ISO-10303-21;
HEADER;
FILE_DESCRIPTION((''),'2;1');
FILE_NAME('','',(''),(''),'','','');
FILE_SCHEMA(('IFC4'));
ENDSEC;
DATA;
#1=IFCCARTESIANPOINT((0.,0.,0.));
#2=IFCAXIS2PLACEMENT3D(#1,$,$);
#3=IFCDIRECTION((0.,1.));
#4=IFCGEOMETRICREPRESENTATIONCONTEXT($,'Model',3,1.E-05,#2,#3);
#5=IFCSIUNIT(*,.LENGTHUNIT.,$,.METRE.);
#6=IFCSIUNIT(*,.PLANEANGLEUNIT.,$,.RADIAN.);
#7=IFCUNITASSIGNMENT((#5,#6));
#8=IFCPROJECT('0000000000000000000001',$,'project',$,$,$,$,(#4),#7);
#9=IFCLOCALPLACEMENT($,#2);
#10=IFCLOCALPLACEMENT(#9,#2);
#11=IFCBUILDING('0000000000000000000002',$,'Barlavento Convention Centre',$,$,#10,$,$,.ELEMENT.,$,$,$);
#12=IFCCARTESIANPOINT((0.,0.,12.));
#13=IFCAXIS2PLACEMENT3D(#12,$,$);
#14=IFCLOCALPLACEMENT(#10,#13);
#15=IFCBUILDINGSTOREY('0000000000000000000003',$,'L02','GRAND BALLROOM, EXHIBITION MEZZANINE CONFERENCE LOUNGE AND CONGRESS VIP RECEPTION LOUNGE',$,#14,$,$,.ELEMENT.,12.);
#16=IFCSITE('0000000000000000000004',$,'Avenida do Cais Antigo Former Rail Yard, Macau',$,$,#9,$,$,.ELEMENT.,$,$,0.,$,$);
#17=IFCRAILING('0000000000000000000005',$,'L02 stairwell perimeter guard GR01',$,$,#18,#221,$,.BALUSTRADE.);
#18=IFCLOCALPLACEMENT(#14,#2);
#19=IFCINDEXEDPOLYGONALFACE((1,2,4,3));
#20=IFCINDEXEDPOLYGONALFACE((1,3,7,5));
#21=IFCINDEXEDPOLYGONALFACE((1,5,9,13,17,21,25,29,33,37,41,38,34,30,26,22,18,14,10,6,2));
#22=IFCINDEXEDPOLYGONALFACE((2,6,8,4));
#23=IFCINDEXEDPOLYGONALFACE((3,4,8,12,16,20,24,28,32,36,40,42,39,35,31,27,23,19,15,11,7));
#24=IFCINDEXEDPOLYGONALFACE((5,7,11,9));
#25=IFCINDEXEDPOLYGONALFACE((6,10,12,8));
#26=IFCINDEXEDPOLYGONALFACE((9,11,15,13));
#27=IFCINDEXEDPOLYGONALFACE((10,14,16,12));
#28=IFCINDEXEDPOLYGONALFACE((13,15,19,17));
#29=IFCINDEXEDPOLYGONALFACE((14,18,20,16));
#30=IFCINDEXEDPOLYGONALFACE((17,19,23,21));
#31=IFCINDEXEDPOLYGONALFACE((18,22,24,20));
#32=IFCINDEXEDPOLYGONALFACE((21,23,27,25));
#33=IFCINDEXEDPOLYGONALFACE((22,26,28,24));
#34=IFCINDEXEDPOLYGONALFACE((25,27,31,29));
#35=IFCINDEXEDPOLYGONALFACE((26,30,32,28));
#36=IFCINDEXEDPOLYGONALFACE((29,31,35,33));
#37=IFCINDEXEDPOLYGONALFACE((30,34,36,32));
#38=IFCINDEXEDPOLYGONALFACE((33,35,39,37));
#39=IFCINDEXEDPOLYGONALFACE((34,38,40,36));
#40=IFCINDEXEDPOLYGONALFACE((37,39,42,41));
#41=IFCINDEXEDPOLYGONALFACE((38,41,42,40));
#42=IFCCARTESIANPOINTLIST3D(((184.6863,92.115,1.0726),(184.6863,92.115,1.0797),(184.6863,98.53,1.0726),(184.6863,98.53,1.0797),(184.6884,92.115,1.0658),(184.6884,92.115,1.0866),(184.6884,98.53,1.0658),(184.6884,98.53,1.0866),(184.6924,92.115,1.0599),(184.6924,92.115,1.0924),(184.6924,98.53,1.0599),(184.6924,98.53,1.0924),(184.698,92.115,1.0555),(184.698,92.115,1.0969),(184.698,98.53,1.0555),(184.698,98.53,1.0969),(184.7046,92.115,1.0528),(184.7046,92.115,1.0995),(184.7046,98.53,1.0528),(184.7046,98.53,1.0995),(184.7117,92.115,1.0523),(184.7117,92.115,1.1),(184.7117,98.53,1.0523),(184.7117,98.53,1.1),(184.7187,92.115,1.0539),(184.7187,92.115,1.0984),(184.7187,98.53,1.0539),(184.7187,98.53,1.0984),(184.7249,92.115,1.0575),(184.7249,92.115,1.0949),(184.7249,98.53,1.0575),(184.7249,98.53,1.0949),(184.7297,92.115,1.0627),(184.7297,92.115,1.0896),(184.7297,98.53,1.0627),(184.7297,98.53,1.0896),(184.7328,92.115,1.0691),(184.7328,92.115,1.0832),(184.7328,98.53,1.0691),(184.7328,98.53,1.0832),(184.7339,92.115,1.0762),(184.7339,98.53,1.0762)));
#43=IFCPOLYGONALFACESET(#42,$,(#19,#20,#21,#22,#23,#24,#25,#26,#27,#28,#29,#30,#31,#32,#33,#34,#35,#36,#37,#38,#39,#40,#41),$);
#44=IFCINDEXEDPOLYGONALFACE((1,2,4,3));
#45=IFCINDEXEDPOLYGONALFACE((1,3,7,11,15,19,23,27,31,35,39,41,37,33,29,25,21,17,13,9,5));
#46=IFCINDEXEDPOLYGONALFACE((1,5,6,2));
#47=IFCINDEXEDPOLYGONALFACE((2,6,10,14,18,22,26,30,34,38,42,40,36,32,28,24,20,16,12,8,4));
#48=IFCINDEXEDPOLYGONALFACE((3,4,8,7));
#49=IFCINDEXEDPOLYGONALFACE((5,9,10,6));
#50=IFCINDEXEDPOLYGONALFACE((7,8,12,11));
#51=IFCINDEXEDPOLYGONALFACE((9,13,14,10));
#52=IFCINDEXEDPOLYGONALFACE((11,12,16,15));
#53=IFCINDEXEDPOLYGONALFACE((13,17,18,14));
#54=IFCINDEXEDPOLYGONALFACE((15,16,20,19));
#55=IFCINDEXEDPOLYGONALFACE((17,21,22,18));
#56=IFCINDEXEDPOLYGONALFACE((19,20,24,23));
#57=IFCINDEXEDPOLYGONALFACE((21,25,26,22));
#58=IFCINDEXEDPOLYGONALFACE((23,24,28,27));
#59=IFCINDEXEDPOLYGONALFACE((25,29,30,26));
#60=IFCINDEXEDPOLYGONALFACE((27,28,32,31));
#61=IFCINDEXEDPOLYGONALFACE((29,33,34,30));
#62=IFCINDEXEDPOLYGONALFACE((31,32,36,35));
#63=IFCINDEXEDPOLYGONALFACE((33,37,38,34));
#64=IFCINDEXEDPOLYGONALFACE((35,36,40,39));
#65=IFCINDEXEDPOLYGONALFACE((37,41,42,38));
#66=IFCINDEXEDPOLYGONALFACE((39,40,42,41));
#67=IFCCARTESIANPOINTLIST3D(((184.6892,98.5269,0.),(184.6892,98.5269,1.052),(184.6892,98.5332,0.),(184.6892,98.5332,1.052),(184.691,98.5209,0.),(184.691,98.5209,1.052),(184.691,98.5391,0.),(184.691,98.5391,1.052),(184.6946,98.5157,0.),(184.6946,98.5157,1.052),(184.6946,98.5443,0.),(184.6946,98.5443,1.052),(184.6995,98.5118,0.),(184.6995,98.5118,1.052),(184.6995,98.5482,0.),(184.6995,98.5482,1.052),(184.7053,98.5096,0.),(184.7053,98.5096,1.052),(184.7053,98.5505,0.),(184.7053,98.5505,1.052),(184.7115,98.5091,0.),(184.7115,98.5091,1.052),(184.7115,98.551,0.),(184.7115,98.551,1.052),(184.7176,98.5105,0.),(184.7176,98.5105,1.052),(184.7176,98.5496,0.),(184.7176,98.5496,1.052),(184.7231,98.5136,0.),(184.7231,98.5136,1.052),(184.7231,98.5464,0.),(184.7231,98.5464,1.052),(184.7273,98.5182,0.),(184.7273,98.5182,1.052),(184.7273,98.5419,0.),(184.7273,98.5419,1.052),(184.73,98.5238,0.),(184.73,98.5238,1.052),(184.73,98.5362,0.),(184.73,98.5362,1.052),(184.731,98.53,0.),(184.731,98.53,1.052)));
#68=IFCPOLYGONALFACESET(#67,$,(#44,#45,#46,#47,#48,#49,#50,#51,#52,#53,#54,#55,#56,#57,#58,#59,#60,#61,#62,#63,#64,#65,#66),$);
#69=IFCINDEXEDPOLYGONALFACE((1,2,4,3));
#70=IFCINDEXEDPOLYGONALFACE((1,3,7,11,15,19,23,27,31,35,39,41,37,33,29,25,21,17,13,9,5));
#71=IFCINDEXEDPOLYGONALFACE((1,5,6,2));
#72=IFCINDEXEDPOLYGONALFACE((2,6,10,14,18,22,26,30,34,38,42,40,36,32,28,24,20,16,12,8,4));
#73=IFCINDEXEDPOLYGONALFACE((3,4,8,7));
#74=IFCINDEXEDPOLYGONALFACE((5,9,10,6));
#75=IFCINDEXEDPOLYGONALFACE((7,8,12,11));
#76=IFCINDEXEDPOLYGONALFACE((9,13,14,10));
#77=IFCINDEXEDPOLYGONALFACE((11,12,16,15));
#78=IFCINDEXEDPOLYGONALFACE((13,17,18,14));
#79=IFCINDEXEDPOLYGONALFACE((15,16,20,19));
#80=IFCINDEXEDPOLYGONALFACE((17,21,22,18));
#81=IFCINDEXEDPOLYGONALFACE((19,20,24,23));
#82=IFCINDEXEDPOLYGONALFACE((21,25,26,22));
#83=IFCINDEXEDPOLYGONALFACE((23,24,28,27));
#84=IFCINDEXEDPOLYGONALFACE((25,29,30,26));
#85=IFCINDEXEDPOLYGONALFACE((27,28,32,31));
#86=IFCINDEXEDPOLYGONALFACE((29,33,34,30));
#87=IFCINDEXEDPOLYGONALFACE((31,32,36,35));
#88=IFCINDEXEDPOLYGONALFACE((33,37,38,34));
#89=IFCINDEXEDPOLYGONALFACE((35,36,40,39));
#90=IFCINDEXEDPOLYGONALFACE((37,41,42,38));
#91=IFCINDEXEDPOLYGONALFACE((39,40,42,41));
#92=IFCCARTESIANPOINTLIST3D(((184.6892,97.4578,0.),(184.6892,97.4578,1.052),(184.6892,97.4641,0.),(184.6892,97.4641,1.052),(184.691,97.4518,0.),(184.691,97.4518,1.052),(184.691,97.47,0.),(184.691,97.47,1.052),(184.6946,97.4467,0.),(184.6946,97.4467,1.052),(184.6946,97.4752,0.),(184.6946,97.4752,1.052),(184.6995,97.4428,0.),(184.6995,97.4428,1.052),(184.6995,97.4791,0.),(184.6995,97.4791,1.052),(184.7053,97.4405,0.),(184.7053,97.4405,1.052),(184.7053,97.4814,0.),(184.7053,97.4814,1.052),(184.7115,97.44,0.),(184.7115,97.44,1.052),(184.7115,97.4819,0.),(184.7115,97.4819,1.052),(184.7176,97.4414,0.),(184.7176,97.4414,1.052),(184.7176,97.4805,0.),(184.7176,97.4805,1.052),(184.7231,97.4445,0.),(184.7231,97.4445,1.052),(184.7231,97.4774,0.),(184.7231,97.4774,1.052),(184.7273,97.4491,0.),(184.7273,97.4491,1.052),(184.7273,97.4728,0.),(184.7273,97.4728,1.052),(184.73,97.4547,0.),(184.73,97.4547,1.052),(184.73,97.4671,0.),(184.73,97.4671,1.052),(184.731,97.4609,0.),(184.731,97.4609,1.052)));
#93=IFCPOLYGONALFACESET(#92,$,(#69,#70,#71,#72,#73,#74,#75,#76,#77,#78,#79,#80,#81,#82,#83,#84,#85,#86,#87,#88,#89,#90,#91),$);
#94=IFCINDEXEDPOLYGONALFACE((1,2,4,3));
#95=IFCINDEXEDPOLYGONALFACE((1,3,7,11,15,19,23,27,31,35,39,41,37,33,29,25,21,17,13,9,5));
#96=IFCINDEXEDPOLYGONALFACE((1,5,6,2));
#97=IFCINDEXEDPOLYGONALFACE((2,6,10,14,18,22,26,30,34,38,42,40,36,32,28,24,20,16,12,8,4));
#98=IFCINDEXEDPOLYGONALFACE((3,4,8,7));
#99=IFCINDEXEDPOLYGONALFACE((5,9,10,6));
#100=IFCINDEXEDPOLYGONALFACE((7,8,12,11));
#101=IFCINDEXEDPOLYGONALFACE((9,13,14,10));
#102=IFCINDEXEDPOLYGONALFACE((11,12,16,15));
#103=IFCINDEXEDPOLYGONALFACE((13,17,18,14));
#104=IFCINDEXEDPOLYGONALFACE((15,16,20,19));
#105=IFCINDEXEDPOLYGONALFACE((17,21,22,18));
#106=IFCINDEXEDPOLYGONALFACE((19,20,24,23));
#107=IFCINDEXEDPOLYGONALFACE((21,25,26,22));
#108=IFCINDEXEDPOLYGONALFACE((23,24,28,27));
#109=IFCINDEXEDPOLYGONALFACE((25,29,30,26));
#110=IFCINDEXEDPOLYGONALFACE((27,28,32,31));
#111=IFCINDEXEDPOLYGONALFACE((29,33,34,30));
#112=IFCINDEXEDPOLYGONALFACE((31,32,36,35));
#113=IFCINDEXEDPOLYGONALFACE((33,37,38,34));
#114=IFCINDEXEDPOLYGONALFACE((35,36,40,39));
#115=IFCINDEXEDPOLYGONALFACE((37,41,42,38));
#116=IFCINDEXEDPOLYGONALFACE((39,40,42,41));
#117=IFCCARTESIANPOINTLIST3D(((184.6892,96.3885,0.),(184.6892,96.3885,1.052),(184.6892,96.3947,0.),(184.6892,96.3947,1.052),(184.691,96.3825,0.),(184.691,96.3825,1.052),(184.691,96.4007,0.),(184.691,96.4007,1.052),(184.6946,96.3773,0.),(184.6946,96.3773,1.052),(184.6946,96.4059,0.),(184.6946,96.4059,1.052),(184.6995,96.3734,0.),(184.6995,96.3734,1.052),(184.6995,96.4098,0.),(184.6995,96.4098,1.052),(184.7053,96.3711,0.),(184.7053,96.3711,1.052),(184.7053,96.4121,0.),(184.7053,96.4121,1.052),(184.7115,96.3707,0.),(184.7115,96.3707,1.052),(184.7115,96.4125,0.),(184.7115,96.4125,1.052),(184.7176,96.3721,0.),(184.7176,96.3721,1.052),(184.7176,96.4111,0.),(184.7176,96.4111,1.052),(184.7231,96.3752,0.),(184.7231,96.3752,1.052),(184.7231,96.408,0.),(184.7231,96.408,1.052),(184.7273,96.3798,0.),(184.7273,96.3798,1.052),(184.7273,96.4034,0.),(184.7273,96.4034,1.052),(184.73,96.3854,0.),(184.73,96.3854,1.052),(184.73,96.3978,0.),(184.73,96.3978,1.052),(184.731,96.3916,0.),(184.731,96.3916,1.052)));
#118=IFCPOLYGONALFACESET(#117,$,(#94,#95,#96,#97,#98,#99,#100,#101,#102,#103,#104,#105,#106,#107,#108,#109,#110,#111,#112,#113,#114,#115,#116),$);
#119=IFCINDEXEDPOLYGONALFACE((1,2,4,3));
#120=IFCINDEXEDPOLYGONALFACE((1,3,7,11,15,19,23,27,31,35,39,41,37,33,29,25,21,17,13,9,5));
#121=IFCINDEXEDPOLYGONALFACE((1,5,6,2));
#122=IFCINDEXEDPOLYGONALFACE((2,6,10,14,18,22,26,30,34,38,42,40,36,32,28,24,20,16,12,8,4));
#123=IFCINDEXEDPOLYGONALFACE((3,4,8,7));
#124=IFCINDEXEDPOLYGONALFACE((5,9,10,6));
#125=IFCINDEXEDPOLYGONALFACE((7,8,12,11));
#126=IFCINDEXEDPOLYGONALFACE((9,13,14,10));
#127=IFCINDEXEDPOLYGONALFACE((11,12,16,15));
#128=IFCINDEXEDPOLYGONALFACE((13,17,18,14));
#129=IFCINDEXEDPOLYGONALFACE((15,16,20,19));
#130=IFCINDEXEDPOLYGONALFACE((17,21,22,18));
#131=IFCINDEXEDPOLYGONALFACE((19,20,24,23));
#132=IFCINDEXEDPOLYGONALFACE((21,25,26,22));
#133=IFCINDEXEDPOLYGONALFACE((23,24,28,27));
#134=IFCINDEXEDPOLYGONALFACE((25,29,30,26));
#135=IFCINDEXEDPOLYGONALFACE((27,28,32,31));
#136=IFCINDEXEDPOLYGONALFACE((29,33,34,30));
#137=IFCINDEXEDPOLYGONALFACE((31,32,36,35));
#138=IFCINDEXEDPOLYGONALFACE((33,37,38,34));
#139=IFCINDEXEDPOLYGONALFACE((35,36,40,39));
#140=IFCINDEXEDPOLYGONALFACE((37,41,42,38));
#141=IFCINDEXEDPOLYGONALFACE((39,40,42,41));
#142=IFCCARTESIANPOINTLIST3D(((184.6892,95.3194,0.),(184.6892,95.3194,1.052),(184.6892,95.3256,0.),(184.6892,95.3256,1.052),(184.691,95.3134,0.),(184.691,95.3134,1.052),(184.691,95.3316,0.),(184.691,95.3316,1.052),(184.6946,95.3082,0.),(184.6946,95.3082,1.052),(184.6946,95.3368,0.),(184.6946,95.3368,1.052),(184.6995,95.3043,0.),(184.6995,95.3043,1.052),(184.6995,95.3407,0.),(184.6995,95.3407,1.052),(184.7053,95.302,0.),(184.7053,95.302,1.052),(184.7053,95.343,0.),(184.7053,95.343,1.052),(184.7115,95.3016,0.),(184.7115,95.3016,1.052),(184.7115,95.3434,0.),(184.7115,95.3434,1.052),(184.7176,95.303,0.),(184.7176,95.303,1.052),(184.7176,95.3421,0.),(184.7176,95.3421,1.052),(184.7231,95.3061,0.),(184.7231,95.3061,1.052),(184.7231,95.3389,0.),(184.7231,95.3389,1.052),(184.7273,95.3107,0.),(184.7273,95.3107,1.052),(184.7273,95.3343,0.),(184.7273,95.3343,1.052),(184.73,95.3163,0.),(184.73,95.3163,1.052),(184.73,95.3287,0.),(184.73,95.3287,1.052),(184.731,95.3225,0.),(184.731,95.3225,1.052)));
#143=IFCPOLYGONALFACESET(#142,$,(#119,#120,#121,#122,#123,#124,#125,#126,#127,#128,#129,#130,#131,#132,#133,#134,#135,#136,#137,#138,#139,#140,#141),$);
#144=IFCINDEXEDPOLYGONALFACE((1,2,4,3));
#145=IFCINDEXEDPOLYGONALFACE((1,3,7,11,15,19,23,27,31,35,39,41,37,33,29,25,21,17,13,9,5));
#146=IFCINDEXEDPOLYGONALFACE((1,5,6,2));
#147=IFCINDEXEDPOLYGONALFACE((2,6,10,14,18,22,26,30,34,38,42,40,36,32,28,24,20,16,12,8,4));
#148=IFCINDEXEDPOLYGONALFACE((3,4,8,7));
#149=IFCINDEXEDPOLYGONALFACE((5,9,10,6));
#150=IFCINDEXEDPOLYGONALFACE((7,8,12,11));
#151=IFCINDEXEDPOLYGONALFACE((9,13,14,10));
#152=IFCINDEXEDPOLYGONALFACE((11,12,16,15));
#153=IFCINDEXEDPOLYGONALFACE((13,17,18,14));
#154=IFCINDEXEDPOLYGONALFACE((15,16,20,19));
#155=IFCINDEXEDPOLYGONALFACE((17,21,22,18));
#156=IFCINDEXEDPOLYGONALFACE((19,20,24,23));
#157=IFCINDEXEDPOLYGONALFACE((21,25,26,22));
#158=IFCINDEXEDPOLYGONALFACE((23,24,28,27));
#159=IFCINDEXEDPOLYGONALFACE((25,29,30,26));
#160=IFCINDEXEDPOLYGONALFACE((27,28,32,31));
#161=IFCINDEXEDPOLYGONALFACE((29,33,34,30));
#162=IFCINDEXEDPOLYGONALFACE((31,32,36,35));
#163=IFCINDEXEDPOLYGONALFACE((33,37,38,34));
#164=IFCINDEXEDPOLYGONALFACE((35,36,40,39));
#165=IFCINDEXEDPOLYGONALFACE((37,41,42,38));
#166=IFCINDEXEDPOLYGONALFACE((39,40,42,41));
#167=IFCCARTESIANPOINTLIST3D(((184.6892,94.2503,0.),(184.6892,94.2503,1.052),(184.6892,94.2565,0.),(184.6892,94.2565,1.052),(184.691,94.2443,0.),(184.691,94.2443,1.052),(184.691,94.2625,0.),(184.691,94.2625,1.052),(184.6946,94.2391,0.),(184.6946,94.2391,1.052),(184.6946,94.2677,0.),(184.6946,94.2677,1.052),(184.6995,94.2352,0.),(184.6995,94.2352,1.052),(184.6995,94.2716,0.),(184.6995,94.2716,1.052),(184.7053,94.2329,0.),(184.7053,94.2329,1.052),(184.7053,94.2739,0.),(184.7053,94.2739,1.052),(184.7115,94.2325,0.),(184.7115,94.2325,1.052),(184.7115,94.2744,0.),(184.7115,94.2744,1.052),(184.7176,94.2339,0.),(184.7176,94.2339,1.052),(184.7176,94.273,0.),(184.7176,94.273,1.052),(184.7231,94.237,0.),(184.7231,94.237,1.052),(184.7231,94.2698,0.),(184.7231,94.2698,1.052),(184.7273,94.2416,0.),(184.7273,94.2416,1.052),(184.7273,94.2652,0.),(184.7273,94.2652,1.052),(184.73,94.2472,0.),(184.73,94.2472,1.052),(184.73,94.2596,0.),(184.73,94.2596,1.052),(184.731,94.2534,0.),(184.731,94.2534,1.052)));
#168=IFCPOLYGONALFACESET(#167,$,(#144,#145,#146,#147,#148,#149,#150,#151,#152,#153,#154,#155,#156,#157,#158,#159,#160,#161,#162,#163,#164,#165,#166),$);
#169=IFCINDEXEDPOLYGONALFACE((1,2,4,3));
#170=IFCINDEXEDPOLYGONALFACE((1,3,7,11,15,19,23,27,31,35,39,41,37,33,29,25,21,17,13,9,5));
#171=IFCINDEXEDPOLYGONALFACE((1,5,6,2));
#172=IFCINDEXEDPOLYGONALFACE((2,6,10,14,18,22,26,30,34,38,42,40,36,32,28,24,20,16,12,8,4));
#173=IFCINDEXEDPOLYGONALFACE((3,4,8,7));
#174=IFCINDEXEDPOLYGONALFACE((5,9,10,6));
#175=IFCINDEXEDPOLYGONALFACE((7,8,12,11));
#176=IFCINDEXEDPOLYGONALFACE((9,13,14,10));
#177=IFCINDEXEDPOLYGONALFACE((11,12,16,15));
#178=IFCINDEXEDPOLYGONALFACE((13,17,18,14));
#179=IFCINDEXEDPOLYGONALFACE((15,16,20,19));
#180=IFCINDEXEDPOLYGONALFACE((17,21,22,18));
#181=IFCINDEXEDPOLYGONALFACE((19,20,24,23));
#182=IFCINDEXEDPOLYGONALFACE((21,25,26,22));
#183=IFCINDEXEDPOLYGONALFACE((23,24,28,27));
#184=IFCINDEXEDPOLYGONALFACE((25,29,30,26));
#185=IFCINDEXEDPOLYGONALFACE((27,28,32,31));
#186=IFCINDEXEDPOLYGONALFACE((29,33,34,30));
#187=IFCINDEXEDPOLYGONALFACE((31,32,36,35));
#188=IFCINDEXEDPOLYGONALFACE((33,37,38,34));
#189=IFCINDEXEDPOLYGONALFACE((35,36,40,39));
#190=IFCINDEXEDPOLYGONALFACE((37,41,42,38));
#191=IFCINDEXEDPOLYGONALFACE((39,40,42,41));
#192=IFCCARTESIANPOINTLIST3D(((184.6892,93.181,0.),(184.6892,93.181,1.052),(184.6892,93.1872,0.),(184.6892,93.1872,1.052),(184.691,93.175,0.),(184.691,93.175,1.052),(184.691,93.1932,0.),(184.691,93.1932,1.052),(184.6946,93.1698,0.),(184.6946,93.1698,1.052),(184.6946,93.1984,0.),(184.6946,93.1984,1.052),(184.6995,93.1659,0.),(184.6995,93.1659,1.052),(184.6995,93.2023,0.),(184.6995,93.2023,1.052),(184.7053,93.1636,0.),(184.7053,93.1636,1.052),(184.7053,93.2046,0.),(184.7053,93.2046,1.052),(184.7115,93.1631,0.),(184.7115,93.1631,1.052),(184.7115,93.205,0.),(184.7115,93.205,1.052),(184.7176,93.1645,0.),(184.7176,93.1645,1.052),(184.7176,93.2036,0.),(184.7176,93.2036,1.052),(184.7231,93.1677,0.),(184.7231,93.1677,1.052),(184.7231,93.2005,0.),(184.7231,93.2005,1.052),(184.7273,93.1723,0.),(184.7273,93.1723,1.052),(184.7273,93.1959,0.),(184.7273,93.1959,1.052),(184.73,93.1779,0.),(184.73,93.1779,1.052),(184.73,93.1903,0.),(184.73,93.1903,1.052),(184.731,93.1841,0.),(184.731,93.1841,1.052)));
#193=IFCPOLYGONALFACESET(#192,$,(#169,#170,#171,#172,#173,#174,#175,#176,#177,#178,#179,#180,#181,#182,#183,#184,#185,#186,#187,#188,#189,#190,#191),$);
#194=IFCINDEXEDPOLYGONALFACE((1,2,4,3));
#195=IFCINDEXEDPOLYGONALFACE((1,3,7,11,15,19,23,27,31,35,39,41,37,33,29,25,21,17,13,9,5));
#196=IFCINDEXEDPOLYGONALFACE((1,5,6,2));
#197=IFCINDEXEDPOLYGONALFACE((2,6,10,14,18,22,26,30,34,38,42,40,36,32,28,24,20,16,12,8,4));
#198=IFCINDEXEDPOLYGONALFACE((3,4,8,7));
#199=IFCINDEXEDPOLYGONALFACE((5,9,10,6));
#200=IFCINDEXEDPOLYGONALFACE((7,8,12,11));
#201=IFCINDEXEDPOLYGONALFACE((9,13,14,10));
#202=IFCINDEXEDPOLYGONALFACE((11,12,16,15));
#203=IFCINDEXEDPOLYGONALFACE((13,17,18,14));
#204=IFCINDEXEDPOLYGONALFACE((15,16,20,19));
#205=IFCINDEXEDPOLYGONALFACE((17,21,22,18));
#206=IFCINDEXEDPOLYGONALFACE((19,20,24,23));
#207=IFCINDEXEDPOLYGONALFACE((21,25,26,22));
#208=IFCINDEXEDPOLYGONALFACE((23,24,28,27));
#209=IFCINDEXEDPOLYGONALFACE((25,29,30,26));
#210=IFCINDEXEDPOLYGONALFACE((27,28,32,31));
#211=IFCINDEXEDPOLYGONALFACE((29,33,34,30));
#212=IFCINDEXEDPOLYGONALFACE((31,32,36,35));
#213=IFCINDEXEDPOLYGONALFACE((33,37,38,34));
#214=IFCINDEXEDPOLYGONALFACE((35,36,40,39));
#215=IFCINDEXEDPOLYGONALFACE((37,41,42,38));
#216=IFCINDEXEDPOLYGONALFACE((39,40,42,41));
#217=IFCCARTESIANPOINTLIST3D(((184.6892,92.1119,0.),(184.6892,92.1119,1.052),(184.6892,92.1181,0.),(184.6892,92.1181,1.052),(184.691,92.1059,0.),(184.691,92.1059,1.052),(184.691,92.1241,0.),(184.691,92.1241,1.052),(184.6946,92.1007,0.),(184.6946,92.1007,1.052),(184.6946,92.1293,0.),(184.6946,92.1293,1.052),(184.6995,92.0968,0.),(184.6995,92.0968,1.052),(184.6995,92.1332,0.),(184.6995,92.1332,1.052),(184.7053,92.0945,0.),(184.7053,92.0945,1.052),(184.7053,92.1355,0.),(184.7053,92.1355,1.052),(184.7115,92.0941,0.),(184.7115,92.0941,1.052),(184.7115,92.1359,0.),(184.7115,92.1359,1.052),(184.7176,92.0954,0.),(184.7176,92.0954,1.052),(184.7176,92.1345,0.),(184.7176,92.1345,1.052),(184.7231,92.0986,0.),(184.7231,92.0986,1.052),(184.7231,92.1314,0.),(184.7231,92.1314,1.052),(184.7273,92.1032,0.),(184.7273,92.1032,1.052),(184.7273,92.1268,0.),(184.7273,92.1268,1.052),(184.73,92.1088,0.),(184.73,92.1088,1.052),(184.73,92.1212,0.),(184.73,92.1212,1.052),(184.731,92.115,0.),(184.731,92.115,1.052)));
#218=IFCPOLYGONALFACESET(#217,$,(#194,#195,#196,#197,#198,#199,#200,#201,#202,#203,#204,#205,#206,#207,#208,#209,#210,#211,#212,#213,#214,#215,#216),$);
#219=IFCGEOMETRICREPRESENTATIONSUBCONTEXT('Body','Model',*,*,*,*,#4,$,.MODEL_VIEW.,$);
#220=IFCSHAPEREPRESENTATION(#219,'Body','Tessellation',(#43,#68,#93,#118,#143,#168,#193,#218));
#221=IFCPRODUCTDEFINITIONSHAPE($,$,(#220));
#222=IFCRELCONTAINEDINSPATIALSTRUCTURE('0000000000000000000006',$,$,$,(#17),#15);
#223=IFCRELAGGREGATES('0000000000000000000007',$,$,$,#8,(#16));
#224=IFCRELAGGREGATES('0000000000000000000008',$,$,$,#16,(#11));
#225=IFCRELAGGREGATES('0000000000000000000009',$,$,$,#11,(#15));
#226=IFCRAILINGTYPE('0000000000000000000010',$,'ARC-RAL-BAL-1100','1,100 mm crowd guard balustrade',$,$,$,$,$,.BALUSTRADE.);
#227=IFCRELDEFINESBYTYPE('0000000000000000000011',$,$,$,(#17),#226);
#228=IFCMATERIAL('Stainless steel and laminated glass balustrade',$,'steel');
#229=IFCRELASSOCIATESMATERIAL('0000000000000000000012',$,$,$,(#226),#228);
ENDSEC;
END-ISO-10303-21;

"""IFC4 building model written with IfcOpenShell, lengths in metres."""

from ifc_helpers import new_model, si_unit, direction, frame, origin, origin_2d, place, context, subcontext, project, spatial, circle, extrude, material, type_object, element, save


model = new_model("IFC4")

# Units and contexts
model_context = context("Model", 3, precision=1e-05, world=origin(), true_north=direction((0.0, 1.0)))
body_context = subcontext(model_context, "Body", "Model", "MODEL_VIEW")
ifc_project = project(units=[si_unit("LENGTHUNIT", "METRE"), si_unit("PLANEANGLEUNIT", "RADIAN")], contexts=[model_context])

# Site, building, storey
site_placement = place(None, origin())
site = spatial("IfcSite", under=ifc_project, at=site_placement, Name="Avenida do Cais Antigo Former Rail Yard, Macau", CompositionType="ELEMENT", RefElevation=0.0)
building_placement = place(site_placement, origin())
building = spatial("IfcBuilding", under=site, at=building_placement, Name="Barlavento Convention Centre", CompositionType="ELEMENT")
storey_placement = place(building_placement, frame((0.0, 0.0, 12.0)))
storey = spatial("IfcBuildingStorey", under=building, at=storey_placement, Name="L02", Description="GRAND BALLROOM, EXHIBITION MEZZANINE CONFERENCE LOUNGE AND CONGRESS VIP RECEPTION LOUNGE", CompositionType="ELEMENT", Elevation=12.0)

# Railing
ifc_material_1 = material(Name="Stainless steel and laminated glass balustrade", Category="steel")
railing_type_1 = type_object("IfcRailingType", Name="ARC-RAL-BAL-1100", Description="1,100 mm crowd guard balustrade", PredefinedType="BALUSTRADE", material=ifc_material_1)
railing_1_placement = place(storey_placement, frame((184.71, 98.53, 0.0)))
element("IfcRailing", 1, at=railing_1_placement, inside=storey, type_object=railing_type_1, Name="L02 stairwell perimeter guard GR01", PredefinedType="BALUSTRADE", context=body_context, shape_type="SweptSolid", body=[
    extrude(circle(Radius=0.0239, at=origin_2d()), frame((0.0, 0.0, 1.0762), z_axis=(0.0, -1.0, 0.0), x_axis=(1.0, 0.0, 0.0)), (0.0, 0.0, 1.0), 6.415),
    extrude(circle(Radius=0.021, at=origin_2d()), origin(), (0.0, 0.0, 1.0), 1.052),
    extrude(circle(Radius=0.021, at=origin_2d()), frame((0.0, -1.0691, 0.0)), (0.0, 0.0, 1.0), 1.052),
    extrude(circle(Radius=0.021, at=origin_2d()), frame((0.0, -2.1384, 0.0)), (0.0, 0.0, 1.0), 1.052),
    extrude(circle(Radius=0.021, at=origin_2d()), frame((0.0, -3.2075, 0.0)), (0.0, 0.0, 1.0), 1.052),
    extrude(circle(Radius=0.021, at=origin_2d()), frame((0.0, -4.2766, 0.0)), (0.0, 0.0, 1.0), 1.052),
    extrude(circle(Radius=0.021, at=origin_2d()), frame((0.0, -5.3459, 0.0)), (0.0, 0.0, 1.0), 1.052),
    extrude(circle(Radius=0.021, at=origin_2d()), frame((0.0, -6.415, 0.0)), (0.0, 0.0, 1.0), 1.052),
])

save(model, "model.ifc")
